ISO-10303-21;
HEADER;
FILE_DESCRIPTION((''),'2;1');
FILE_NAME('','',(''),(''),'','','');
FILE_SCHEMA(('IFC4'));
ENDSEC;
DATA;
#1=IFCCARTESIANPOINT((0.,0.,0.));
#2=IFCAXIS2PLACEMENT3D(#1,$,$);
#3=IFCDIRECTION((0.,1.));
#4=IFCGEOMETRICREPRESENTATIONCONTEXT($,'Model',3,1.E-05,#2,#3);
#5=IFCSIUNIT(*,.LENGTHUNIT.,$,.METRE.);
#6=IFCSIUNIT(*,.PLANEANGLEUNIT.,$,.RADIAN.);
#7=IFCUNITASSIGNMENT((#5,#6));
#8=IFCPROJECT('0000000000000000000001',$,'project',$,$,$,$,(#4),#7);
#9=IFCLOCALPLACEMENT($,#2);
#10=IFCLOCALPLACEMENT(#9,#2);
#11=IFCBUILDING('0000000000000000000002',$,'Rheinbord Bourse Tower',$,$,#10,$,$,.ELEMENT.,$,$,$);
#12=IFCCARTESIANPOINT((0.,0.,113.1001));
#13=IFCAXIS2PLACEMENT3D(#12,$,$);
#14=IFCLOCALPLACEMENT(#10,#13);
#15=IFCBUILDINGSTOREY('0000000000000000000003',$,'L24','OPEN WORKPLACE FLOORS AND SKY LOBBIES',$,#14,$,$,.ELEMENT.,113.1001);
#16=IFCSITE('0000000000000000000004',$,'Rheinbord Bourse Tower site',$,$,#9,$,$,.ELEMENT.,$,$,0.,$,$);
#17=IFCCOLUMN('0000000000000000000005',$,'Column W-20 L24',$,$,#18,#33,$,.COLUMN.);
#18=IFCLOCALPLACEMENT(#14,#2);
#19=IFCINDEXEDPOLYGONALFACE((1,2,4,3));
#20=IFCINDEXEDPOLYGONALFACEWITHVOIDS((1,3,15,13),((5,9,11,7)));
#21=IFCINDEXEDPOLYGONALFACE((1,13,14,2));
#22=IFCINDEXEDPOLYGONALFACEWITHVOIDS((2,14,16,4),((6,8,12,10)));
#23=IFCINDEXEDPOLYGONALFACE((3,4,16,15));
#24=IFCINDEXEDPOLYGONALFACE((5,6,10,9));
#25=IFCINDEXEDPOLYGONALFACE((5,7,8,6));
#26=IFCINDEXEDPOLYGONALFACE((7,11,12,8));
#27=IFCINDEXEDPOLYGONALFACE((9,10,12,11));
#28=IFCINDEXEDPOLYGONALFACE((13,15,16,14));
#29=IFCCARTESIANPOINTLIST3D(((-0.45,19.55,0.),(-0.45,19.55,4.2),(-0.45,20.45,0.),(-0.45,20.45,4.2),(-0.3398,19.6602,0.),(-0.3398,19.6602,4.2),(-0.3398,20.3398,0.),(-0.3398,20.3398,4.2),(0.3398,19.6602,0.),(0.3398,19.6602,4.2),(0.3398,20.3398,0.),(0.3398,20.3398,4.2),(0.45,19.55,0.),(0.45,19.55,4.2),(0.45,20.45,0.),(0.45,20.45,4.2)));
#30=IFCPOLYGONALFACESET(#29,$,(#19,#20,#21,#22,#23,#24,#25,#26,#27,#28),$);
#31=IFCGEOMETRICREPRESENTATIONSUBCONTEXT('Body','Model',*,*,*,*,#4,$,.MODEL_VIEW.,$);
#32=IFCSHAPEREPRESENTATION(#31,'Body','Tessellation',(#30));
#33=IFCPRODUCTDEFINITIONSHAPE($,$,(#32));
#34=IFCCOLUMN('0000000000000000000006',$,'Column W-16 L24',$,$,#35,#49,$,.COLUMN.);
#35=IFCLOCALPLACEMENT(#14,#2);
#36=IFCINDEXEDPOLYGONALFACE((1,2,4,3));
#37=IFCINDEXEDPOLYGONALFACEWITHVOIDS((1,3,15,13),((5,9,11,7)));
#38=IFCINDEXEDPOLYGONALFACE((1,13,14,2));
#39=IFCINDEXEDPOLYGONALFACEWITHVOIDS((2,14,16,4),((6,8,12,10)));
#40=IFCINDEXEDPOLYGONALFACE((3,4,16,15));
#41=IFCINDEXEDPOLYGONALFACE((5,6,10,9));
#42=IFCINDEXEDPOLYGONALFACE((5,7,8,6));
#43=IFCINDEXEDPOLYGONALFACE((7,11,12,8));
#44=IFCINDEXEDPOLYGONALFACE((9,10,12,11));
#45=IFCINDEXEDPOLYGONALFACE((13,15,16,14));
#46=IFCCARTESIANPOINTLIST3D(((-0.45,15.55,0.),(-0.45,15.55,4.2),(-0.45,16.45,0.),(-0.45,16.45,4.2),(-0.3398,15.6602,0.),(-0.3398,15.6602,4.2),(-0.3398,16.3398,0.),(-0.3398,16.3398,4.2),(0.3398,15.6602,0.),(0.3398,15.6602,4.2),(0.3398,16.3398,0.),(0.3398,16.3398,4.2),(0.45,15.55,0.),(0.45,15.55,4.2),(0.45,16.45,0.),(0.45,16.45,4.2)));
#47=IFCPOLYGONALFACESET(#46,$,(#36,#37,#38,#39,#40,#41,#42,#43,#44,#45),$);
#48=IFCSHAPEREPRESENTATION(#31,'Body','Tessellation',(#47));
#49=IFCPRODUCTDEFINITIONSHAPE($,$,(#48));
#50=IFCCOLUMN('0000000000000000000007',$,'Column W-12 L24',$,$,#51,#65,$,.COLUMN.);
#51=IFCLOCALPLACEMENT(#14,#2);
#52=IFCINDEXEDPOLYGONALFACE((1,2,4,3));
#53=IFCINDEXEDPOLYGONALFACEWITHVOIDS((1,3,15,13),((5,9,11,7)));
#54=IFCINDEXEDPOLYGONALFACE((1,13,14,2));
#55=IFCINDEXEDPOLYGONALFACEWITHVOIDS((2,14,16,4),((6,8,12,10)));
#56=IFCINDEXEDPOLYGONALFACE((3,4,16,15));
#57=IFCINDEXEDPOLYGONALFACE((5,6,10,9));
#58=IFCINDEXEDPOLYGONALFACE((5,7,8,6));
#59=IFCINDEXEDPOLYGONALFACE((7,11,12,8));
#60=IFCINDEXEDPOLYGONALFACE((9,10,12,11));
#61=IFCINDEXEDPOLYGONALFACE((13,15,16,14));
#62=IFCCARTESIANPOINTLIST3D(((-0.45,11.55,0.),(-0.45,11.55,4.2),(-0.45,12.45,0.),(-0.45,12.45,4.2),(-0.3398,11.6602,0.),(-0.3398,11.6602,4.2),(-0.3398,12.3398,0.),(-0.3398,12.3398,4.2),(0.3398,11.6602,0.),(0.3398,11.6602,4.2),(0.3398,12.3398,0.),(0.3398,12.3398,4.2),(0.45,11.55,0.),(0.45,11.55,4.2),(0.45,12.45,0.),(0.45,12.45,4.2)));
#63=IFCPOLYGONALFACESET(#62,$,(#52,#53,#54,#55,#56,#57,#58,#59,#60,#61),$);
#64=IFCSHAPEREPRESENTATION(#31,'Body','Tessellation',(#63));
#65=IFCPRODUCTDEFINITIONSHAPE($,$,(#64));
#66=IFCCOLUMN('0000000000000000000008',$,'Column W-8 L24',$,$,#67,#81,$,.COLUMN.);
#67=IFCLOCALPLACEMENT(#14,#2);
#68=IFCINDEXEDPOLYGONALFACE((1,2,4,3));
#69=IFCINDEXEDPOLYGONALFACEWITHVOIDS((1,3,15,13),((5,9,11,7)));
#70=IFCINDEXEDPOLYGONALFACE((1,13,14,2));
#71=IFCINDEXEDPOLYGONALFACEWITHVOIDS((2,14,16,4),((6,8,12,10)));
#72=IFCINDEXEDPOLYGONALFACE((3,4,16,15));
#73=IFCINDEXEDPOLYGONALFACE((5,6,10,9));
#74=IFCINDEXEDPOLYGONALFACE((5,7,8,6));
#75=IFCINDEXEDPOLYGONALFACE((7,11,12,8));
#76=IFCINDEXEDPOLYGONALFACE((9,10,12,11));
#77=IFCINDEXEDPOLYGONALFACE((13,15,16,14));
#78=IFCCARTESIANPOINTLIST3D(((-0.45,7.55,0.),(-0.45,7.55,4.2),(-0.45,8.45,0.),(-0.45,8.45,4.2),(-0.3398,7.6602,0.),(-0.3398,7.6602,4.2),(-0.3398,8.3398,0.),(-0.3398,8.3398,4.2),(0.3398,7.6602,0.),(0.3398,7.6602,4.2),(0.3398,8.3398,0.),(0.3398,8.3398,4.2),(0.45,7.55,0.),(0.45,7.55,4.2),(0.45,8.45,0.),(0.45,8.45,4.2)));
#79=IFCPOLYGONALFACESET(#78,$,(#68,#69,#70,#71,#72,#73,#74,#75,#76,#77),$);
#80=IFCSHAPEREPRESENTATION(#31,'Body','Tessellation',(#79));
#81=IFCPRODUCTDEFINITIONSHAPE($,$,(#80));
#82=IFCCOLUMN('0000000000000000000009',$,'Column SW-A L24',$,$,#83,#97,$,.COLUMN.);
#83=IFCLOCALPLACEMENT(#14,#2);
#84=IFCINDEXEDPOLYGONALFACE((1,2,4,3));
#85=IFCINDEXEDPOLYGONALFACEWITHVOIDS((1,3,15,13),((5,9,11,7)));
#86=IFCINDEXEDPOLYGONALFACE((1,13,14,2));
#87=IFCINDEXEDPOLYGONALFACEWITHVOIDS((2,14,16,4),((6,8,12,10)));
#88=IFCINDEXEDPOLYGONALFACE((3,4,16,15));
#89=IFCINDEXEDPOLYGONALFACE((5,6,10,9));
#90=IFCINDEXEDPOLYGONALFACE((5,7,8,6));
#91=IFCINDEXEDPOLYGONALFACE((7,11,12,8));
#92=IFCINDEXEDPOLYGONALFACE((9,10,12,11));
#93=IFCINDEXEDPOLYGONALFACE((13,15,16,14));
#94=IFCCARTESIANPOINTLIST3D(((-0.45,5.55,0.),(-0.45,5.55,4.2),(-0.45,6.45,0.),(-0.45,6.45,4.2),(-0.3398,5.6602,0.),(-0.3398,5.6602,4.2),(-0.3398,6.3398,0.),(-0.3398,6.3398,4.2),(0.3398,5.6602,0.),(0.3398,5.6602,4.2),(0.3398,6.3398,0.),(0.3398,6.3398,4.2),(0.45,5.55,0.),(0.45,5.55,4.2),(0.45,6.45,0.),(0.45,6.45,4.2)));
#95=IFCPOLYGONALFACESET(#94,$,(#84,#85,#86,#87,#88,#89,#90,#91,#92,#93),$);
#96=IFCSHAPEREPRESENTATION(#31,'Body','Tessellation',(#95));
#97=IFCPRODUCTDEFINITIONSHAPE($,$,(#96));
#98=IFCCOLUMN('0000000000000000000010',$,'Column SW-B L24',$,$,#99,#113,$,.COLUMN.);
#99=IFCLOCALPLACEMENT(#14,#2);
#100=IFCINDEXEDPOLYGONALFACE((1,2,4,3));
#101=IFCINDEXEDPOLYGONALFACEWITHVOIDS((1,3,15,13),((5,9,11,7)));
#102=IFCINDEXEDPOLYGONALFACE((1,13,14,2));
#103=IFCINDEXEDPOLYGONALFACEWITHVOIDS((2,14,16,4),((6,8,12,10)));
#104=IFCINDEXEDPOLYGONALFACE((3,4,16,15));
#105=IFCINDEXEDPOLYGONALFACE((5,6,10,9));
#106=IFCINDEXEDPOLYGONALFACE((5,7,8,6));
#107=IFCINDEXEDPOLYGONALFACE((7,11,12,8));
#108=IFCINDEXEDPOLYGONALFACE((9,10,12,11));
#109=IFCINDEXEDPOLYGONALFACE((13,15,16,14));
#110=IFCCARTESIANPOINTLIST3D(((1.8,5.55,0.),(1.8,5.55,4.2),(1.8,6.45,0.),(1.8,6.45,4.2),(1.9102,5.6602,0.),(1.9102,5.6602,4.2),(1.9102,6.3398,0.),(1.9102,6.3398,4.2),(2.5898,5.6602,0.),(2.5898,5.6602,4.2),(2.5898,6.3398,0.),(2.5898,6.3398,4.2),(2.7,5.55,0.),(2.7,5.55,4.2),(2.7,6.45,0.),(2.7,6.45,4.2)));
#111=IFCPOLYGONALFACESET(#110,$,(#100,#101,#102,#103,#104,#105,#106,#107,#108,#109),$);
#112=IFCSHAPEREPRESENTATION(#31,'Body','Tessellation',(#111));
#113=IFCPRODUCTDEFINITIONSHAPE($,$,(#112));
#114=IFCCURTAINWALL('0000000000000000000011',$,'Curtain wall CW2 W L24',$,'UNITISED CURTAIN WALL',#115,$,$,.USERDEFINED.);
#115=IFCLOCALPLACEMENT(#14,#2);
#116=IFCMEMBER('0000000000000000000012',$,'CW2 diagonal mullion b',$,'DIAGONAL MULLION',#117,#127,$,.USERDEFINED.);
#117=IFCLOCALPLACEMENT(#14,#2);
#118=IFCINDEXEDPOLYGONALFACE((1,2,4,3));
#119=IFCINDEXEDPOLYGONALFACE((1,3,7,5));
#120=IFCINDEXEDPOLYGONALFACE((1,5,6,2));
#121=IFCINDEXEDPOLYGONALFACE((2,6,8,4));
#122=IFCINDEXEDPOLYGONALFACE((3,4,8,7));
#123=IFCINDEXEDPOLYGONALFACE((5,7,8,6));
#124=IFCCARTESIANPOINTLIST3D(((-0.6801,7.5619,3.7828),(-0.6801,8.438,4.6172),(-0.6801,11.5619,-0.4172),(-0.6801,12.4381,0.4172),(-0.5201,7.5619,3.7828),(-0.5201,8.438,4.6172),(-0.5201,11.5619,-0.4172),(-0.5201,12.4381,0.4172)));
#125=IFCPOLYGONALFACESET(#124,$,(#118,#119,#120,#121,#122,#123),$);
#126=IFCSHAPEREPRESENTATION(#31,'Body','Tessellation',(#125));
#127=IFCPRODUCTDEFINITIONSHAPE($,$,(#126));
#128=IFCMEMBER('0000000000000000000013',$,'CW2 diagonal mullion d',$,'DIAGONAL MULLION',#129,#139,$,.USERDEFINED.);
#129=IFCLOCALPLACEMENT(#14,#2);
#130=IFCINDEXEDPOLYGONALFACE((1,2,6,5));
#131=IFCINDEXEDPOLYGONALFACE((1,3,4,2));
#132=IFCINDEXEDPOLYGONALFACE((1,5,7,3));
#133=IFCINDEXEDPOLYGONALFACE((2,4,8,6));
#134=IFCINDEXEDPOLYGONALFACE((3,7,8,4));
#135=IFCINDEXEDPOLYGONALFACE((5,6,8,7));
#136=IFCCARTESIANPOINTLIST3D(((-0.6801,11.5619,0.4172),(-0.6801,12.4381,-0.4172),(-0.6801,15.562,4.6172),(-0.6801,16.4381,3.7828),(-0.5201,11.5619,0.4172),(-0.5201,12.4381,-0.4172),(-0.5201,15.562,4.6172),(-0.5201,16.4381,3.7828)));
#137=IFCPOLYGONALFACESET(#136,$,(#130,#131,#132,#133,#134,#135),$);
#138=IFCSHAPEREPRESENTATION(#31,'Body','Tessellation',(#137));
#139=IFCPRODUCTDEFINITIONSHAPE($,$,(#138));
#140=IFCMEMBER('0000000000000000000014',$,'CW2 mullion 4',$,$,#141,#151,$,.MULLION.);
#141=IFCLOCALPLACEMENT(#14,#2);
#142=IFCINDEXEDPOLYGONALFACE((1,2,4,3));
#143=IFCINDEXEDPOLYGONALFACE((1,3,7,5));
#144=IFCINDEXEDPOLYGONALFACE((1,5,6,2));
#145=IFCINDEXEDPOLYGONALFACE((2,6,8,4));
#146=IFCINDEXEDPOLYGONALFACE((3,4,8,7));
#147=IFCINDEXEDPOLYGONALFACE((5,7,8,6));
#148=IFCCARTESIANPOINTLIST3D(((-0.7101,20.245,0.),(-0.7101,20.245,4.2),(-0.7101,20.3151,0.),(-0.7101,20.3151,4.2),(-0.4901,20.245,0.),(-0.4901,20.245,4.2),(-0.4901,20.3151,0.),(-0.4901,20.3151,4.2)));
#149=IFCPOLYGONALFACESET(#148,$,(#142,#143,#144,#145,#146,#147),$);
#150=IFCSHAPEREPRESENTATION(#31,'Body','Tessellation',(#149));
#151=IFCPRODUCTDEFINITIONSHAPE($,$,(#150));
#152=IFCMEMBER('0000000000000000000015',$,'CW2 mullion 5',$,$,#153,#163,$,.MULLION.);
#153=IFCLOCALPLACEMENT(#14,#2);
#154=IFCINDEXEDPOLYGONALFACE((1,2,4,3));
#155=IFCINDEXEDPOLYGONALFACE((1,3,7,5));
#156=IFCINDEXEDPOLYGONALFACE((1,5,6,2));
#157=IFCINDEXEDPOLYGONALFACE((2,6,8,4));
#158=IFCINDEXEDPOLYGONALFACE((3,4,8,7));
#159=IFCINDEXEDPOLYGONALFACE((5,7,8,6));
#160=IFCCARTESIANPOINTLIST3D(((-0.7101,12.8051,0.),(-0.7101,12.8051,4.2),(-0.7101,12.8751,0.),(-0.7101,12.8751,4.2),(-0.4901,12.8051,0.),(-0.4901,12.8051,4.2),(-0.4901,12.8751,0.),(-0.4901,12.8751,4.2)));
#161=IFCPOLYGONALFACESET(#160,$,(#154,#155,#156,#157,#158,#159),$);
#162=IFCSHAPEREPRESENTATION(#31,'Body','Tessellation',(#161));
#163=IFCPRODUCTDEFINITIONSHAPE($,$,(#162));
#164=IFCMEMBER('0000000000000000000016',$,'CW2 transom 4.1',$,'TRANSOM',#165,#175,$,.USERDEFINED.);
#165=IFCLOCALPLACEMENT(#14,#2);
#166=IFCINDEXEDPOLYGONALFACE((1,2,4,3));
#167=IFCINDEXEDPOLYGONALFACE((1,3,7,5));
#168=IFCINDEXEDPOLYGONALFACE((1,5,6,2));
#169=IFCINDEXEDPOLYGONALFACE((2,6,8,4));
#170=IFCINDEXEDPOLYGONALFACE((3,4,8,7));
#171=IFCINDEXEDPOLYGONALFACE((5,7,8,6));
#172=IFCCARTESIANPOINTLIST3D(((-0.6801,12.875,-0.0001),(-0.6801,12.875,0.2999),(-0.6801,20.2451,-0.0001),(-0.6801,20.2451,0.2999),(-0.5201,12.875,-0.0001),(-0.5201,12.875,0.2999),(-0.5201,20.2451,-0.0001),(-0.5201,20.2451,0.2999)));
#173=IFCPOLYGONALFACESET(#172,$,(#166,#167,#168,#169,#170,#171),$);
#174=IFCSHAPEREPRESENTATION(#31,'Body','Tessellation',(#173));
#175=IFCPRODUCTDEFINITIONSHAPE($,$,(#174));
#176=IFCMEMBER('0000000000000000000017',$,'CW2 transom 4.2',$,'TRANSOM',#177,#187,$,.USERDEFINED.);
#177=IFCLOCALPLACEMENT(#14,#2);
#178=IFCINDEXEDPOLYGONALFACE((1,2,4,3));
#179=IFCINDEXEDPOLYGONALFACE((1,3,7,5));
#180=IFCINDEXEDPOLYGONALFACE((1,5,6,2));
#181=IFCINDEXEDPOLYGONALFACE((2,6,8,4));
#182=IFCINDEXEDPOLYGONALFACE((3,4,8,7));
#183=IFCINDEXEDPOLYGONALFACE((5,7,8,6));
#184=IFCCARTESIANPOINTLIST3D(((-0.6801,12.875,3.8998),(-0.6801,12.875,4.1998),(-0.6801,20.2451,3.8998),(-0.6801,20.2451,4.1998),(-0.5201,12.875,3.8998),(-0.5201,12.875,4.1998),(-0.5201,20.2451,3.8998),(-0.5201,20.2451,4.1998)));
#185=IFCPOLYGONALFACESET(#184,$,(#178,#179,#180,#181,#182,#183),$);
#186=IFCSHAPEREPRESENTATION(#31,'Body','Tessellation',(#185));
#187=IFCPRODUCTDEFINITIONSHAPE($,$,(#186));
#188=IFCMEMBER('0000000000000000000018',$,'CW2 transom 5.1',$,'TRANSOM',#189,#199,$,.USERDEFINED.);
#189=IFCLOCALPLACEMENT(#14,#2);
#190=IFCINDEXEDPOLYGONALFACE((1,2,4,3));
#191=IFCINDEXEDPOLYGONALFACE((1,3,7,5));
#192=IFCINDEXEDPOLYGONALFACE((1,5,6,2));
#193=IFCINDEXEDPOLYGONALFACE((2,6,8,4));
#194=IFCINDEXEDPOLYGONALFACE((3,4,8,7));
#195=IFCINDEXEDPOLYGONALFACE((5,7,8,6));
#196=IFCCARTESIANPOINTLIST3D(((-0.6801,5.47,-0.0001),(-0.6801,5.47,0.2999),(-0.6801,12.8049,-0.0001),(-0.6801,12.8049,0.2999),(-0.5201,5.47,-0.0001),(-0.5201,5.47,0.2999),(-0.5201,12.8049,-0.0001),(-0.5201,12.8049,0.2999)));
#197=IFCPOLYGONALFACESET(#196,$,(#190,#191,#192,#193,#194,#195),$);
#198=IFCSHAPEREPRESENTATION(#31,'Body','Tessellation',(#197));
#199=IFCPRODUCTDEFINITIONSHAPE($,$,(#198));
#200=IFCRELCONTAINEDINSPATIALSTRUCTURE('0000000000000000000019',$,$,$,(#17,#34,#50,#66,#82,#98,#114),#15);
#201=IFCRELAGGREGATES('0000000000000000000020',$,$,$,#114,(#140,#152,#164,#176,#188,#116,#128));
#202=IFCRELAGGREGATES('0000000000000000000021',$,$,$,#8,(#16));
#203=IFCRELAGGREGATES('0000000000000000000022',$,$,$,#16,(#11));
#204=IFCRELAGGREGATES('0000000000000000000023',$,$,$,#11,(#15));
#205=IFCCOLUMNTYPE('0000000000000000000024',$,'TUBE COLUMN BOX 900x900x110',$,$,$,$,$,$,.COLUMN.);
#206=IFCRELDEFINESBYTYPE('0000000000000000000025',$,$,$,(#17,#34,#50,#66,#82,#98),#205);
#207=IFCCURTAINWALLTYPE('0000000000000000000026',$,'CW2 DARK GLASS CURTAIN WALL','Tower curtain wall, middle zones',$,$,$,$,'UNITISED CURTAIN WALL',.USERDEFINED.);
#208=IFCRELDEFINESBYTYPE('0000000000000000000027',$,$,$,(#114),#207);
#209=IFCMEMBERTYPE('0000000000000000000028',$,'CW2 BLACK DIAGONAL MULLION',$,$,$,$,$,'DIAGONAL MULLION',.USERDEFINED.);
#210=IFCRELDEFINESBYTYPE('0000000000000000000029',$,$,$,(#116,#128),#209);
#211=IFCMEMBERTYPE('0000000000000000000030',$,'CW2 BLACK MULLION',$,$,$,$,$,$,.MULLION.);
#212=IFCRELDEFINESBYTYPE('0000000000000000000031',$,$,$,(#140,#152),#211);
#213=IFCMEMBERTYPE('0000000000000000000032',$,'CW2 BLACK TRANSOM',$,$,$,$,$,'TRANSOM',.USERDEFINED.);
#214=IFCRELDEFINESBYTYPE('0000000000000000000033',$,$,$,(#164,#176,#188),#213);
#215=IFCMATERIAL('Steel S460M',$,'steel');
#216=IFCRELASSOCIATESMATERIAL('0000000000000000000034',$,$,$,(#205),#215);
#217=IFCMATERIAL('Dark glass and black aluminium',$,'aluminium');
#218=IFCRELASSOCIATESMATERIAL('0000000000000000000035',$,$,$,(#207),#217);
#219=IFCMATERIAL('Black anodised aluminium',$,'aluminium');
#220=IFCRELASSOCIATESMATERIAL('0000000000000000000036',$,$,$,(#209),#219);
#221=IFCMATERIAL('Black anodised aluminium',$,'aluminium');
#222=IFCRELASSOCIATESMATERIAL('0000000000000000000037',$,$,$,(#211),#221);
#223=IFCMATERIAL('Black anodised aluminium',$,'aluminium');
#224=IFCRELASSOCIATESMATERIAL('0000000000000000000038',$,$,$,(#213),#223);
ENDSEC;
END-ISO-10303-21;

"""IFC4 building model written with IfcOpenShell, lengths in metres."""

from ifc_helpers import new_model, si_unit, direction, frame, origin, origin_2d, place, context, subcontext, project, spatial, rectangle, hollow_rectangle, extrude, material, material_profile, profile_set, type_object, element, aggregate, save


model = new_model("IFC4")

# Units and contexts
model_context = context("Model", 3, precision=1e-05, world=origin(), true_north=direction((0.0, 1.0)))
body_context = subcontext(model_context, "Body", "Model", "MODEL_VIEW")
ifc_project = project(units=[si_unit("LENGTHUNIT", "METRE"), si_unit("PLANEANGLEUNIT", "RADIAN")], contexts=[model_context])

# Site, building, storey
site_placement = place(None, origin())
site = spatial("IfcSite", under=ifc_project, at=site_placement, Name="Rheinbord Bourse Tower site", CompositionType="ELEMENT", RefElevation=0.0)
building_placement = place(site_placement, origin())
building = spatial("IfcBuilding", under=site, at=building_placement, Name="Rheinbord Bourse Tower", CompositionType="ELEMENT")
storey_placement = place(building_placement, frame((0.0, 0.0, 113.1001)))
storey = spatial("IfcBuildingStorey", under=building, at=storey_placement, Name="L24", Description="OPEN WORKPLACE FLOORS AND SKY LOBBIES", CompositionType="ELEMENT", Elevation=113.1001)

# Columns
ifc_material_1 = material(Name="Steel S460M", Category="steel")
ifc_material_profile_1 = material_profile(ifc_material_1, hollow_rectangle(XDim=0.8999, YDim=0.8999, WallThickness=0.1101, at=origin_2d()), Name="BOX 900x900x110")
ifc_profile_set_1 = profile_set([ifc_material_profile_1], Name="Steel S460M")
column_type = type_object("IfcColumnType", Name="TUBE COLUMN BOX 900x900x110", PredefinedType="COLUMN", material=ifc_profile_set_1)
for number, where, z_axis, x_axis, name in (
    (1, (0.0, 20.0, 0.0), (0.0, 0.0, 1.0), (1.0, 0.0, 0.0), "Column W-20 L24"),
    (2, (0.0, 16.0, 0.0), (0.0, 0.0, 1.0), (1.0, 0.0, 0.0), "Column W-16 L24"),
    (3, (0.0, 12.0, 0.0), (0.0, 0.0, 1.0), (1.0, 0.0, 0.0), "Column W-12 L24"),
    (4, (0.0, 8.0, 0.0), (0.0, 0.0, 1.0), (1.0, 0.0, 0.0), "Column W-8 L24"),
    (5, (0.0, 6.0, 0.0), (0.0, 0.0, 1.0), (1.0, 0.0, 0.0), "Column SW-A L24"),
    (6, (2.25, 6.0, 0.0), (0.0, 0.0, 1.0), (1.0, 0.0, 0.0), "Column SW-B L24"),
):
    element("IfcColumn", number, at=place(storey_placement, frame(where, z_axis=z_axis, x_axis=x_axis)), inside=storey, type_object=column_type, Name=name, PredefinedType="COLUMN", context=body_context, shape_type="SweptSolid", body=[
        extrude(hollow_rectangle(XDim=0.8999, YDim=0.8999, WallThickness=0.1101, at=origin_2d()), origin(), (0.0, 0.0, 1.0), 4.2),
    ])

# Curtain wall, members
ifc_material_2 = material(Name="Dark glass and black aluminium", Category="aluminium")
curtain_wall_type = type_object("IfcCurtainWallType", Name="CW2 DARK GLASS CURTAIN WALL", Description="Tower curtain wall, middle zones", ElementType="UNITISED CURTAIN WALL", PredefinedType="USERDEFINED", material=ifc_material_2)
curtain_wall_placement = place(storey_placement, origin())
curtain_wall = element("IfcCurtainWall", 7, at=curtain_wall_placement, inside=storey, type_object=curtain_wall_type, Name="Curtain wall CW2 W L24", ObjectType="UNITISED CURTAIN WALL", PredefinedType="USERDEFINED")
ifc_material_3 = material(Name="Black anodised aluminium", Category="aluminium")
ifc_material_profile_2 = material_profile(ifc_material_3, rectangle(XDim=0.1599, YDim=1.21, at=origin_2d()), Name="CW2 DIAGONAL MULLION 1210x160")
ifc_profile_set_2 = profile_set([ifc_material_profile_2], Name="Black anodised aluminium")
member_type_1 = type_object("IfcMemberType", Name="CW2 BLACK DIAGONAL MULLION", ElementType="DIAGONAL MULLION", PredefinedType="USERDEFINED", material=ifc_profile_set_2)
member_1_placement = place(storey_placement, frame((-0.6001, 12.0, 0.0), z_axis=(0.0, -0.689659, 0.724134), x_axis=(1.0, 0.0, 0.0)))
member_1 = element("IfcMember", 8, at=member_1_placement, type_object=member_type_1, Name="CW2 diagonal mullion b", ObjectType="DIAGONAL MULLION", PredefinedType="USERDEFINED", context=body_context, shape_type="SweptSolid", body=[
    extrude(rectangle(XDim=0.1599, YDim=1.21, at=origin_2d()), origin(), (0.0, 0.0, 1.0), 5.8),
])
member_2_placement = place(storey_placement, frame((-0.6001, 12.0, 0.0), z_axis=(0.0, 0.689659, 0.724134), x_axis=(-1.0, 0.0, 0.0)))
member_2 = element("IfcMember", 9, at=member_2_placement, type_object=member_type_1, Name="CW2 diagonal mullion d", ObjectType="DIAGONAL MULLION", PredefinedType="USERDEFINED", context=body_context, shape_type="SweptSolid", body=[
    extrude(rectangle(XDim=0.1599, YDim=1.21, at=origin_2d()), origin(), (0.0, 0.0, 1.0), 5.8),
])
ifc_material_4 = material(Name="Black anodised aluminium", Category="aluminium")
ifc_material_profile_3 = material_profile(ifc_material_4, rectangle(XDim=0.22, YDim=0.0701, at=origin_2d()), Name="CW2 MULLION 70x220")
ifc_profile_set_3 = profile_set([ifc_material_profile_3], Name="Black anodised aluminium")
member_type_2 = type_object("IfcMemberType", Name="CW2 BLACK MULLION", PredefinedType="MULLION", material=ifc_profile_set_3)
member_3_placement = place(storey_placement, frame((-0.6001, 20.28, 0.0), z_axis=(0.0, 0.0, 1.0), x_axis=(1.0, 0.0, 0.0)))
member_3 = element("IfcMember", 10, at=member_3_placement, type_object=member_type_2, Name="CW2 mullion 4", PredefinedType="MULLION", context=body_context, shape_type="SweptSolid", body=[
    extrude(rectangle(XDim=0.22, YDim=0.0701, at=origin_2d()), origin(), (0.0, 0.0, 1.0), 4.2),
])
member_4_placement = place(storey_placement, frame((-0.6001, 12.8401, 0.0), z_axis=(0.0, 0.0, 1.0), x_axis=(1.0, 0.0, 0.0)))
member_4 = element("IfcMember", 11, at=member_4_placement, type_object=member_type_2, Name="CW2 mullion 5", PredefinedType="MULLION", context=body_context, shape_type="SweptSolid", body=[
    extrude(rectangle(XDim=0.22, YDim=0.0701, at=origin_2d()), origin(), (0.0, 0.0, 1.0), 4.2),
])
ifc_material_5 = material(Name="Black anodised aluminium", Category="aluminium")
ifc_material_profile_4 = material_profile(ifc_material_5, rectangle(XDim=0.1599, YDim=0.3, at=origin_2d()), Name="CW2 TRANSOM 300x160")
ifc_profile_set_4 = profile_set([ifc_material_profile_4], Name="Black anodised aluminium")
member_type_3 = type_object("IfcMemberType", Name="CW2 BLACK TRANSOM", ElementType="TRANSOM", PredefinedType="USERDEFINED", material=ifc_profile_set_4)
member_5_placement = place(storey_placement, frame((-0.6001, 20.2451, 0.1499), z_axis=(0.0, -1.0, 0.0), x_axis=(1.0, 0.0, 0.0)))
member_5 = element("IfcMember", 12, at=member_5_placement, type_object=member_type_3, Name="CW2 transom 4.1", ObjectType="TRANSOM", PredefinedType="USERDEFINED", context=body_context, shape_type="SweptSolid", body=[
    extrude(rectangle(XDim=0.1599, YDim=0.3, at=origin_2d()), origin(), (0.0, 0.0, 1.0), 7.3701),
])
member_6_placement = place(storey_placement, frame((-0.6001, 20.2451, 4.0498), z_axis=(0.0, -1.0, 0.0), x_axis=(1.0, 0.0, 0.0)))
member_6 = element("IfcMember", 13, at=member_6_placement, type_object=member_type_3, Name="CW2 transom 4.2", ObjectType="TRANSOM", PredefinedType="USERDEFINED", context=body_context, shape_type="SweptSolid", body=[
    extrude(rectangle(XDim=0.1599, YDim=0.3, at=origin_2d()), origin(), (0.0, 0.0, 1.0), 7.3701),
])
member_7_placement = place(storey_placement, frame((-0.6001, 12.8049, 0.1499), z_axis=(0.0, -1.0, 0.0), x_axis=(1.0, 0.0, 0.0)))
member_7 = element("IfcMember", 14, at=member_7_placement, type_object=member_type_3, Name="CW2 transom 5.1", ObjectType="TRANSOM", PredefinedType="USERDEFINED", context=body_context, shape_type="SweptSolid", body=[
    extrude(rectangle(XDim=0.1599, YDim=0.3, at=origin_2d()), origin(), (0.0, 0.0, 1.0), 7.335),
])

aggregate(curtain_wall, [member_3, member_4, member_5, member_6, member_7, member_1, member_2])

save(model, "model.ifc")
